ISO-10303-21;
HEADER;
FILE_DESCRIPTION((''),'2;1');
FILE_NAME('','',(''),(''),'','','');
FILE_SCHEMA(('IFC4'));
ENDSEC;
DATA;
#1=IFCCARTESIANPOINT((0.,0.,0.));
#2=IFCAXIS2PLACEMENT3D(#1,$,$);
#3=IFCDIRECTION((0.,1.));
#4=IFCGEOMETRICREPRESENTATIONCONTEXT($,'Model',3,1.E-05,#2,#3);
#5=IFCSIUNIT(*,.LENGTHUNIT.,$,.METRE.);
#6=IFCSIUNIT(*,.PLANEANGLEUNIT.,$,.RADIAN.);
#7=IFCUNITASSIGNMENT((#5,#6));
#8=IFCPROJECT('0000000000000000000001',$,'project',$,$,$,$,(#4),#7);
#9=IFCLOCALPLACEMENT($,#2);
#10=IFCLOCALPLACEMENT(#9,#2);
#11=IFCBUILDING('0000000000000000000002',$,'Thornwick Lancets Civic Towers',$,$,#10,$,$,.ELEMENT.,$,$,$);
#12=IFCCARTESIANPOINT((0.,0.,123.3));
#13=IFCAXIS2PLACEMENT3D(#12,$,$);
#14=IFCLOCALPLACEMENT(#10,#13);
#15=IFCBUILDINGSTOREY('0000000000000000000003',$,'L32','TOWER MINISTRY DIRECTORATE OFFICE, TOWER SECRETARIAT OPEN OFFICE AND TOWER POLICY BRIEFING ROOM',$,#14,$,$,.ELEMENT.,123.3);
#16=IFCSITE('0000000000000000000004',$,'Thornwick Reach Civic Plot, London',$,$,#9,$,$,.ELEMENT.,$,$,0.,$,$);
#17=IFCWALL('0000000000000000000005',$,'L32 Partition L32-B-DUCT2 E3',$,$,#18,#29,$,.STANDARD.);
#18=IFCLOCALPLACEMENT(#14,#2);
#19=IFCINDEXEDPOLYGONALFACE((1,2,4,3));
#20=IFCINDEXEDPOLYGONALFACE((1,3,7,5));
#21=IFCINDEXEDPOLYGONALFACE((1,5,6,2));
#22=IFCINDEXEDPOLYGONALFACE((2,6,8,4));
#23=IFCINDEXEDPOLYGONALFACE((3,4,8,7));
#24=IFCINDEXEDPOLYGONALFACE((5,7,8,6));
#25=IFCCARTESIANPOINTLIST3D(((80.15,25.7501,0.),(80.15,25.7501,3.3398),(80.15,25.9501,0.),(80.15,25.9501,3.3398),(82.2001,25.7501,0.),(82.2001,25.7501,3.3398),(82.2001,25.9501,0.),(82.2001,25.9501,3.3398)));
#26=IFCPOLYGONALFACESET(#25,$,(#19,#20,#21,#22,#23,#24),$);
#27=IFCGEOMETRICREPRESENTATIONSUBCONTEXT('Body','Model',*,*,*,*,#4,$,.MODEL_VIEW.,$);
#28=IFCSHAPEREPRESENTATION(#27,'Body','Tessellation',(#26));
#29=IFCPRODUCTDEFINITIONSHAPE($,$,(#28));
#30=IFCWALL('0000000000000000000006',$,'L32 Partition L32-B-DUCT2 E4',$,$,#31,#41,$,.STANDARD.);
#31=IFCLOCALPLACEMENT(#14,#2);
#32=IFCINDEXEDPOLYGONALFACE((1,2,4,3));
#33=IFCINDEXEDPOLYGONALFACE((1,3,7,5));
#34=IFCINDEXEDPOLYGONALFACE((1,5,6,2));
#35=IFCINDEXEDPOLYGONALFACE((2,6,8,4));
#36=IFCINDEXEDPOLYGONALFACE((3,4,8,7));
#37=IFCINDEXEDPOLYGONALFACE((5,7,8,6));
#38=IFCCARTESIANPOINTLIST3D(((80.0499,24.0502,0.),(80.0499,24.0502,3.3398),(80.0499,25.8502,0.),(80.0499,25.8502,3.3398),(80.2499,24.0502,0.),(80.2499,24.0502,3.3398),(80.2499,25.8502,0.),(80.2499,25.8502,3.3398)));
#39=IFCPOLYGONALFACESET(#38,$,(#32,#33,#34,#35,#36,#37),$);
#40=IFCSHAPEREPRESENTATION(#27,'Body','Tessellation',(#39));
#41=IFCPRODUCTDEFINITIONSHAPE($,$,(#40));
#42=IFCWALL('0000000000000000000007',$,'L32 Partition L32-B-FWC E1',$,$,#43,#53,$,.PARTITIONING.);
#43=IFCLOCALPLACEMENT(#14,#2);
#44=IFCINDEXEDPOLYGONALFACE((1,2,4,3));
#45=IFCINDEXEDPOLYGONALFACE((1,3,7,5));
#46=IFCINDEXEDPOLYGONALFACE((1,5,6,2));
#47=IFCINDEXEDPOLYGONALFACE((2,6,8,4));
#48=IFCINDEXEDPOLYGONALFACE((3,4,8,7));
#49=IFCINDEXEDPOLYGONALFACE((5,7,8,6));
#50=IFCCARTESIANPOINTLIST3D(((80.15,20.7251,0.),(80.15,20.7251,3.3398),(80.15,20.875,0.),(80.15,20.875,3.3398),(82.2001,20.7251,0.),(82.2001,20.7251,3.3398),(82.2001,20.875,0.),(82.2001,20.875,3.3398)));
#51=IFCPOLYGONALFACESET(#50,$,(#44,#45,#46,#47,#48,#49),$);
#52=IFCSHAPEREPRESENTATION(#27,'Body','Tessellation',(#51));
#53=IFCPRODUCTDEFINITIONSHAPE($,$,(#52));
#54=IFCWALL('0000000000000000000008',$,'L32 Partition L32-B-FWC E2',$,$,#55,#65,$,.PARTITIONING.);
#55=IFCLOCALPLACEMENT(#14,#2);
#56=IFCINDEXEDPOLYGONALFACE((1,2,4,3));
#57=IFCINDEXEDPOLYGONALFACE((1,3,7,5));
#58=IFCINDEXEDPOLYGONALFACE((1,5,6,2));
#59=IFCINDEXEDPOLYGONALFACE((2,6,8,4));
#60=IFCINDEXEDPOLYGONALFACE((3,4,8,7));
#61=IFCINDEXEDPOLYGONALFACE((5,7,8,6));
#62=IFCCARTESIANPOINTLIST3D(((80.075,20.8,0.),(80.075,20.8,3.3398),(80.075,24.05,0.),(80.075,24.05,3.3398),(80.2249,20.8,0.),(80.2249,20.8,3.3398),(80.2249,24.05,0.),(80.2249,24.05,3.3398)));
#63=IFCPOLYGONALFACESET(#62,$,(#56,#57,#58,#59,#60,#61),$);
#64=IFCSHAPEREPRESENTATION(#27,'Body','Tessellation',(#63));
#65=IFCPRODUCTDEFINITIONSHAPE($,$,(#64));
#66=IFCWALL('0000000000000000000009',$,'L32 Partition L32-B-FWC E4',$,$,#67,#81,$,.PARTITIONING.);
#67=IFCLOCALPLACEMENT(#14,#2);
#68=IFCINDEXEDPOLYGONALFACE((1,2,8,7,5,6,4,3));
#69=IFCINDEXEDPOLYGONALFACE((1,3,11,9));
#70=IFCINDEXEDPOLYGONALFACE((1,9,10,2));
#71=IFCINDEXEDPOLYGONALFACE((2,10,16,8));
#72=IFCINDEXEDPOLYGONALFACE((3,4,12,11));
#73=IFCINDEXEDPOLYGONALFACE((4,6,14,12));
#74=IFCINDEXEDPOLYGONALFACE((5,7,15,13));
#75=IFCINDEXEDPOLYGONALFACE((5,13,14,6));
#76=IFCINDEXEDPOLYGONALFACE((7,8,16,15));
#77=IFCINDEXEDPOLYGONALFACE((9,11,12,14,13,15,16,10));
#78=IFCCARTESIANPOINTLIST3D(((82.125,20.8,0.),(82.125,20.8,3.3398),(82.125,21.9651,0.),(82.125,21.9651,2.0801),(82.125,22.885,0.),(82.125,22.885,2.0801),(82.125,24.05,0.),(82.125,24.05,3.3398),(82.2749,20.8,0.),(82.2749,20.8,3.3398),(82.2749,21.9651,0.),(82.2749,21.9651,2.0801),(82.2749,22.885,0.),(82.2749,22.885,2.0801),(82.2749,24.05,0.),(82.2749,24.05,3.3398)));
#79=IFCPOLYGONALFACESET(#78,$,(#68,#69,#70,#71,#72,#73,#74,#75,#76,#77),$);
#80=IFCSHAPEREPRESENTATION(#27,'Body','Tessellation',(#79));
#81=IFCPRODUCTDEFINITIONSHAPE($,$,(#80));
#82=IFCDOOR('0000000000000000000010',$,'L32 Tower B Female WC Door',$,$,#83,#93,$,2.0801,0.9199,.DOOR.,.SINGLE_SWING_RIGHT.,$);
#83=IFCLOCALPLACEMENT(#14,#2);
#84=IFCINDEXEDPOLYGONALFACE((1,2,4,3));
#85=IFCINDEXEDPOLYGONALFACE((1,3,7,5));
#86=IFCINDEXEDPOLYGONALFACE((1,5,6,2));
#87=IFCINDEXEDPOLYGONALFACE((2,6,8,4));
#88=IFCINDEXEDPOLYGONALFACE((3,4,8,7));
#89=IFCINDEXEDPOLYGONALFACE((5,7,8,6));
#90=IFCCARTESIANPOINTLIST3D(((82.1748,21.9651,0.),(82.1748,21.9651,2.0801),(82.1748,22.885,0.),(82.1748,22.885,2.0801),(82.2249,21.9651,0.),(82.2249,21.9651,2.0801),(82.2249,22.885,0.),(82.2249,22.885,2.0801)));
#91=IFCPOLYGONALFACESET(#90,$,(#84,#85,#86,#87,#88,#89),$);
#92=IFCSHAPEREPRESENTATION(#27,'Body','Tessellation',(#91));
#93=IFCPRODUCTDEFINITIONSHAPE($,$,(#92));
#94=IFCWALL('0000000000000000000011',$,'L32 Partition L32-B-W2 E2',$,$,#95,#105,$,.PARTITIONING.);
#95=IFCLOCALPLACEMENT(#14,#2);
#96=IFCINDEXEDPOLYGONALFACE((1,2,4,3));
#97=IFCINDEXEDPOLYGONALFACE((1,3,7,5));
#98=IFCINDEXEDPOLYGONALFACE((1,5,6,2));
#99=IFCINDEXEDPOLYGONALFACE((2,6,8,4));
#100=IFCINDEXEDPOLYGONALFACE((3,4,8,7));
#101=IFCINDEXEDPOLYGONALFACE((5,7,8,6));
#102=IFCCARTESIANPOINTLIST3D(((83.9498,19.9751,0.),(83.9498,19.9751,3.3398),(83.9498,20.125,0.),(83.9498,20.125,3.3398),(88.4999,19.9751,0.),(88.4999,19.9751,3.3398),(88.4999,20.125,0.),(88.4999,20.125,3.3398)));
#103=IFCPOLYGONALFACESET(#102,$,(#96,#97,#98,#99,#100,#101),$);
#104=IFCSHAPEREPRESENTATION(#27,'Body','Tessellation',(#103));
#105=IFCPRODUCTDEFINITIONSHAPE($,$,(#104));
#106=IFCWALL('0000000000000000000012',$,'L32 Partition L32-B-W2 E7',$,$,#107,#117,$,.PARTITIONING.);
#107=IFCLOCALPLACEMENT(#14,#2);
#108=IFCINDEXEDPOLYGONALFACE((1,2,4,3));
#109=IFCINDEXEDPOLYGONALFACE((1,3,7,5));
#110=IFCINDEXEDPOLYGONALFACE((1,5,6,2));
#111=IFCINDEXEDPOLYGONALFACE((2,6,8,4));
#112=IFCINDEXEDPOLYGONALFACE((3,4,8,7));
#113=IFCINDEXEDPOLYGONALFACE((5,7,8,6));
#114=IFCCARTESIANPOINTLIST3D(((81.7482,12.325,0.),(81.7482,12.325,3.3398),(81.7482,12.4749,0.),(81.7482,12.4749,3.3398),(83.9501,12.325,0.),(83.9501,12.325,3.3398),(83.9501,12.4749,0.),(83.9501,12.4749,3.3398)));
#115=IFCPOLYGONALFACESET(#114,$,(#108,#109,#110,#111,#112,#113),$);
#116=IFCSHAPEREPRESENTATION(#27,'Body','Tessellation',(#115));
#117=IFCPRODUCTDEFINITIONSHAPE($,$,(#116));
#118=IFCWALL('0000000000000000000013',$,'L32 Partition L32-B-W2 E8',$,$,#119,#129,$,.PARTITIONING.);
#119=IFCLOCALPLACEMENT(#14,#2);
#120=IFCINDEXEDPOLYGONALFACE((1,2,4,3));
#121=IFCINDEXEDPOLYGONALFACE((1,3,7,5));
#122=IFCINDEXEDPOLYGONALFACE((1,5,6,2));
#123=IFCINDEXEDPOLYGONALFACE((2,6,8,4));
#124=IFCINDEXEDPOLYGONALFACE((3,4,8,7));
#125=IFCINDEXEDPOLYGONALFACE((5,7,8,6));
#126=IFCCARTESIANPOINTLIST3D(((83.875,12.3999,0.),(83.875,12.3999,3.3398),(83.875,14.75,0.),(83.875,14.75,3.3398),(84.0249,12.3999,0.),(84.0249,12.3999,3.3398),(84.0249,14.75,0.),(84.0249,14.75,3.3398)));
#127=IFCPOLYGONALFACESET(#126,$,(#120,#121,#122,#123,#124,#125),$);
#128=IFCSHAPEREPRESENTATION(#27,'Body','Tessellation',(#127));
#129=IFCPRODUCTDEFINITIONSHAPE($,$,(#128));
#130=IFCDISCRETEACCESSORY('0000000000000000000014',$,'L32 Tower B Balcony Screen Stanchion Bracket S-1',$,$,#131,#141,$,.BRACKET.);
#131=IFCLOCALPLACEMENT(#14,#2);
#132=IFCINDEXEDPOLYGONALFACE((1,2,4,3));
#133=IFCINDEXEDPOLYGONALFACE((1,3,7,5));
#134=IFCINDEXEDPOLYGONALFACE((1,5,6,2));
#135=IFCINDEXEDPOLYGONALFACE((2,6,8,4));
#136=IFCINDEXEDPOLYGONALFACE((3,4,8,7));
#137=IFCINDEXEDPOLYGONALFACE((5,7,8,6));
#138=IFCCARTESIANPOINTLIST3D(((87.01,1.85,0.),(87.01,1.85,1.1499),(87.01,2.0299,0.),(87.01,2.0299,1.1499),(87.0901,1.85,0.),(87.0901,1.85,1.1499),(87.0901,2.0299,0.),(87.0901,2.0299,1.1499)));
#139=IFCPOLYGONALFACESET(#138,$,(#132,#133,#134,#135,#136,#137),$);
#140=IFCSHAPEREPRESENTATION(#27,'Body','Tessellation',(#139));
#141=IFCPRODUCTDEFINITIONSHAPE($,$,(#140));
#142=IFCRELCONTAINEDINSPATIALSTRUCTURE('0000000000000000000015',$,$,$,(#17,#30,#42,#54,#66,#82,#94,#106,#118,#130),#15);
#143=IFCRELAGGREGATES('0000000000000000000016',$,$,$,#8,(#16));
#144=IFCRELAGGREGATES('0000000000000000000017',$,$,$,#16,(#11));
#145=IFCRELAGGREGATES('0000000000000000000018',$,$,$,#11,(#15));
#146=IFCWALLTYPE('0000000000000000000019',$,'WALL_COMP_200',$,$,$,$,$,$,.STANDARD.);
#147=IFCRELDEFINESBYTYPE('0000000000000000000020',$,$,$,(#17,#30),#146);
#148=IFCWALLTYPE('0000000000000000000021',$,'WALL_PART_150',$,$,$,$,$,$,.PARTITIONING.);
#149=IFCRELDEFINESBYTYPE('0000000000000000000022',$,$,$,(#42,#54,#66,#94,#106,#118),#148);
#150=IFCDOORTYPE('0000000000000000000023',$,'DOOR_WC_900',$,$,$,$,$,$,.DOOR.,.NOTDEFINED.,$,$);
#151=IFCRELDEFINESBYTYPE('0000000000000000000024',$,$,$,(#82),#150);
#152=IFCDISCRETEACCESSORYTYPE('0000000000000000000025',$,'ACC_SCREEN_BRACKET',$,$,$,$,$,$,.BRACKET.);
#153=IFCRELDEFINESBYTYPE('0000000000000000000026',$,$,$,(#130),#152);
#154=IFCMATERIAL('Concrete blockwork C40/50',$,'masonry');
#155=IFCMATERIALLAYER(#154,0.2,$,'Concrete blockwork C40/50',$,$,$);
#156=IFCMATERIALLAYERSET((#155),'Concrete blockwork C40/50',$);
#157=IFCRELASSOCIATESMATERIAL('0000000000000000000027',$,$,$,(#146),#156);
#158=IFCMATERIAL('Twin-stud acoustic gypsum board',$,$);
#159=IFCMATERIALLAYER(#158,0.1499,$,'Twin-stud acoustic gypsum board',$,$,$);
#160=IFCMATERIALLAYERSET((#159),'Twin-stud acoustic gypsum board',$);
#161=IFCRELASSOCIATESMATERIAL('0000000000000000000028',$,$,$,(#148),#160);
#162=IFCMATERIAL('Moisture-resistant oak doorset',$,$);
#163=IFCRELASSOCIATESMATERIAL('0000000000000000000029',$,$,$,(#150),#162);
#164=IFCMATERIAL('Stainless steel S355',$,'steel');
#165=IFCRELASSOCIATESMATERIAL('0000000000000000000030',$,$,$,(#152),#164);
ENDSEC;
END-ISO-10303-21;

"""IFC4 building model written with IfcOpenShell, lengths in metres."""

from ifc_helpers import new_model, si_unit, direction, frame, frame_2d, origin, origin_2d, place, context, subcontext, project, spatial, rectangle, extrude, material, layer, layer_set, type_object, element, fill, save


model = new_model("IFC4")

# Units and contexts
model_context = context("Model", 3, precision=1e-05, world=origin(), true_north=direction((0.0, 1.0)))
body_context = subcontext(model_context, "Body", "Model", "MODEL_VIEW")
ifc_project = project(units=[si_unit("LENGTHUNIT", "METRE"), si_unit("PLANEANGLEUNIT", "RADIAN")], contexts=[model_context])

# Site, building, storey
site_placement = place(None, origin())
site = spatial("IfcSite", under=ifc_project, at=site_placement, Name="Thornwick Reach Civic Plot, London", CompositionType="ELEMENT", RefElevation=0.0)
building_placement = place(site_placement, origin())
building = spatial("IfcBuilding", under=site, at=building_placement, Name="Thornwick Lancets Civic Towers", CompositionType="ELEMENT")
storey_placement = place(building_placement, frame((0.0, 0.0, 123.3)))
storey = spatial("IfcBuildingStorey", under=building, at=storey_placement, Name="L32", Description="TOWER MINISTRY DIRECTORATE OFFICE, TOWER SECRETARIAT OPEN OFFICE AND TOWER POLICY BRIEFING ROOM", CompositionType="ELEMENT", Elevation=123.3)

# Shared definitions
ifc_material_1 = material(Name="Concrete blockwork C40/50", Category="masonry")
ifc_layer_1 = layer(ifc_material_1, 0.2, Name="Concrete blockwork C40/50")
ifc_layer_set_1 = layer_set([ifc_layer_1], Name="Concrete blockwork C40/50")
wall_type_1 = type_object("IfcWallType", Name="WALL_COMP_200", PredefinedType="STANDARD", material=ifc_layer_set_1)

# Walls
wall_1_placement = place(storey_placement, frame((82.2, 25.8501, 0.0), z_axis=(0.0, 0.0, 1.0), x_axis=(-1.0, 0.0, 0.0)))
element("IfcWall", 1, at=wall_1_placement, inside=storey, type_object=wall_type_1, Name="L32 Partition L32-B-DUCT2 E3", PredefinedType="STANDARD", context=body_context, shape_type="SweptSolid", body=[
    extrude(rectangle(XDim=2.05, YDim=0.2, at=frame_2d((1.0249, 0.0))), origin(), (0.0, 0.0, 1.0), 3.3398),
])
wall_2_placement = place(storey_placement, frame((80.1499, 25.8501, 0.0), z_axis=(0.0, 0.0, 1.0), x_axis=(0.0, -1.0, 0.0)))
element("IfcWall", 2, at=wall_2_placement, inside=storey, type_object=wall_type_1, Name="L32 Partition L32-B-DUCT2 E4", PredefinedType="STANDARD", context=body_context, shape_type="SweptSolid", body=[
    extrude(rectangle(XDim=1.8, YDim=0.2, at=frame_2d((0.8999, 0.0))), origin(), (0.0, 0.0, 1.0), 3.3398),
])
ifc_material_2 = material(Name="Twin-stud acoustic gypsum board")
ifc_layer_2 = layer(ifc_material_2, 0.1499, Name="Twin-stud acoustic gypsum board")
ifc_layer_set_2 = layer_set([ifc_layer_2], Name="Twin-stud acoustic gypsum board")
wall_type_2 = type_object("IfcWallType", Name="WALL_PART_150", PredefinedType="PARTITIONING", material=ifc_layer_set_2)
wall_3_placement = place(storey_placement, frame((82.2, 20.8, 0.0), z_axis=(0.0, 0.0, 1.0), x_axis=(-1.0, 0.0, 0.0)))
element("IfcWall", 3, at=wall_3_placement, inside=storey, type_object=wall_type_2, Name="L32 Partition L32-B-FWC E1", PredefinedType="PARTITIONING", context=body_context, shape_type="SweptSolid", body=[
    extrude(rectangle(XDim=2.05, YDim=0.1499, at=frame_2d((1.0249, 0.0))), origin(), (0.0, 0.0, 1.0), 3.3398),
])
wall_4_placement = place(storey_placement, frame((80.1499, 20.8, 0.0), z_axis=(0.0, 0.0, 1.0), x_axis=(0.0, 1.0, 0.0)))
element("IfcWall", 4, at=wall_4_placement, inside=storey, type_object=wall_type_2, Name="L32 Partition L32-B-FWC E2", PredefinedType="PARTITIONING", context=body_context, shape_type="SweptSolid", body=[
    extrude(rectangle(XDim=3.25, YDim=0.1499, at=frame_2d((1.625, 0.0))), origin(), (0.0, 0.0, 1.0), 3.3398),
])

# Wall, opening, door
wall_5_placement = place(storey_placement, frame((82.2, 24.05, 0.0), z_axis=(0.0, 0.0, 1.0), x_axis=(0.0, -1.0, 0.0)))
wall_5 = element("IfcWall", 5, at=wall_5_placement, inside=storey, type_object=wall_type_2, Name="L32 Partition L32-B-FWC E4", PredefinedType="PARTITIONING", context=body_context, shape_type="SweptSolid", body=[
    extrude(rectangle(XDim=3.25, YDim=0.1499, at=frame_2d((1.625, 0.0))), origin(), (0.0, 0.0, 1.0), 3.3398),
])
opening_1_placement = place(wall_5_placement, frame((1.165, 0.0, 0.0)))
opening_1 = element("IfcOpeningElement", 6, at=opening_1_placement, cuts=wall_5, PredefinedType="OPENING", context=body_context, shape_type="SweptSolid", body=[
    extrude(rectangle(XDim=0.9199, YDim=2.0801, at=frame_2d((0.46, 1.04))), frame((0.0, 0.085, 0.0), z_axis=(0.0, -1.0, 0.0), x_axis=(1.0, 0.0, 0.0)), (0.0, 0.0, 1.0), 0.1699),
])
ifc_material_3 = material(Name="Moisture-resistant oak doorset")
door_type_1 = type_object("IfcDoorType", Name="DOOR_WC_900", OperationType="NOTDEFINED", PredefinedType="DOOR", material=ifc_material_3)
door_1_placement = place(opening_1_placement, origin())
door_1 = element("IfcDoor", 7, at=door_1_placement, inside=storey, type_object=door_type_1, Name="L32 Tower B Female WC Door", OperationType="SINGLE_SWING_RIGHT", OverallHeight=2.0801, OverallWidth=0.9199, PredefinedType="DOOR", context=body_context, shape_type="SweptSolid", body=[
    extrude(rectangle(XDim=0.9199, YDim=2.0801, at=frame_2d((0.46, 1.04))), frame((0.0, 0.0249, 0.0), z_axis=(0.0, -1.0, 0.0), x_axis=(1.0, 0.0, 0.0)), (0.0, 0.0, 1.0), 0.05),
])
fill(opening_1, door_1)

# Walls
wall_6_placement = place(storey_placement, frame((83.95, 20.05, 0.0), z_axis=(0.0, 0.0, 1.0), x_axis=(1.0, 0.0, 0.0)))
element("IfcWall", 8, at=wall_6_placement, inside=storey, type_object=wall_type_2, Name="L32 Partition L32-B-W2 E2", PredefinedType="PARTITIONING", context=body_context, shape_type="SweptSolid", body=[
    extrude(rectangle(XDim=4.55, YDim=0.1499, at=frame_2d((2.2749, 0.0))), origin(), (0.0, 0.0, 1.0), 3.3398),
])
wall_7_placement = place(storey_placement, frame((81.748, 12.3999, 0.0), z_axis=(0.0, 0.0, 1.0), x_axis=(1.0, 0.0, 0.0)))
element("IfcWall", 9, at=wall_7_placement, inside=storey, type_object=wall_type_2, Name="L32 Partition L32-B-W2 E7", PredefinedType="PARTITIONING", context=body_context, shape_type="SweptSolid", body=[
    extrude(rectangle(XDim=2.2019, YDim=0.1499, at=frame_2d((1.1011, 0.0))), origin(), (0.0, 0.0, 1.0), 3.3398),
])
wall_8_placement = place(storey_placement, frame((83.95, 12.3999, 0.0), z_axis=(0.0, 0.0, 1.0), x_axis=(0.0, 1.0, 0.0)))
element("IfcWall", 10, at=wall_8_placement, inside=storey, type_object=wall_type_2, Name="L32 Partition L32-B-W2 E8", PredefinedType="PARTITIONING", context=body_context, shape_type="SweptSolid", body=[
    extrude(rectangle(XDim=2.3501, YDim=0.1499, at=frame_2d((1.175, 0.0))), origin(), (0.0, 0.0, 1.0), 3.3398),
])

# Discrete accessory
ifc_material_4 = material(Name="Stainless steel S355", Category="steel")
discrete_accessory_type = type_object("IfcDiscreteAccessoryType", Name="ACC_SCREEN_BRACKET", PredefinedType="BRACKET", material=ifc_material_4)
discrete_accessory_placement = place(storey_placement, frame((87.05, 1.9399, 0.0), z_axis=(0.0, 0.0, 1.0), x_axis=(1.0, 0.0, 0.0)))
element("IfcDiscreteAccessory", 11, at=discrete_accessory_placement, inside=storey, type_object=discrete_accessory_type, Name="L32 Tower B Balcony Screen Stanchion Bracket S-1", PredefinedType="BRACKET", context=body_context, shape_type="SweptSolid", body=[
    extrude(rectangle(XDim=0.0801, YDim=0.1799, at=origin_2d()), origin(), (0.0, 0.0, 1.0), 1.1499),
])

save(model, "model.ifc")
